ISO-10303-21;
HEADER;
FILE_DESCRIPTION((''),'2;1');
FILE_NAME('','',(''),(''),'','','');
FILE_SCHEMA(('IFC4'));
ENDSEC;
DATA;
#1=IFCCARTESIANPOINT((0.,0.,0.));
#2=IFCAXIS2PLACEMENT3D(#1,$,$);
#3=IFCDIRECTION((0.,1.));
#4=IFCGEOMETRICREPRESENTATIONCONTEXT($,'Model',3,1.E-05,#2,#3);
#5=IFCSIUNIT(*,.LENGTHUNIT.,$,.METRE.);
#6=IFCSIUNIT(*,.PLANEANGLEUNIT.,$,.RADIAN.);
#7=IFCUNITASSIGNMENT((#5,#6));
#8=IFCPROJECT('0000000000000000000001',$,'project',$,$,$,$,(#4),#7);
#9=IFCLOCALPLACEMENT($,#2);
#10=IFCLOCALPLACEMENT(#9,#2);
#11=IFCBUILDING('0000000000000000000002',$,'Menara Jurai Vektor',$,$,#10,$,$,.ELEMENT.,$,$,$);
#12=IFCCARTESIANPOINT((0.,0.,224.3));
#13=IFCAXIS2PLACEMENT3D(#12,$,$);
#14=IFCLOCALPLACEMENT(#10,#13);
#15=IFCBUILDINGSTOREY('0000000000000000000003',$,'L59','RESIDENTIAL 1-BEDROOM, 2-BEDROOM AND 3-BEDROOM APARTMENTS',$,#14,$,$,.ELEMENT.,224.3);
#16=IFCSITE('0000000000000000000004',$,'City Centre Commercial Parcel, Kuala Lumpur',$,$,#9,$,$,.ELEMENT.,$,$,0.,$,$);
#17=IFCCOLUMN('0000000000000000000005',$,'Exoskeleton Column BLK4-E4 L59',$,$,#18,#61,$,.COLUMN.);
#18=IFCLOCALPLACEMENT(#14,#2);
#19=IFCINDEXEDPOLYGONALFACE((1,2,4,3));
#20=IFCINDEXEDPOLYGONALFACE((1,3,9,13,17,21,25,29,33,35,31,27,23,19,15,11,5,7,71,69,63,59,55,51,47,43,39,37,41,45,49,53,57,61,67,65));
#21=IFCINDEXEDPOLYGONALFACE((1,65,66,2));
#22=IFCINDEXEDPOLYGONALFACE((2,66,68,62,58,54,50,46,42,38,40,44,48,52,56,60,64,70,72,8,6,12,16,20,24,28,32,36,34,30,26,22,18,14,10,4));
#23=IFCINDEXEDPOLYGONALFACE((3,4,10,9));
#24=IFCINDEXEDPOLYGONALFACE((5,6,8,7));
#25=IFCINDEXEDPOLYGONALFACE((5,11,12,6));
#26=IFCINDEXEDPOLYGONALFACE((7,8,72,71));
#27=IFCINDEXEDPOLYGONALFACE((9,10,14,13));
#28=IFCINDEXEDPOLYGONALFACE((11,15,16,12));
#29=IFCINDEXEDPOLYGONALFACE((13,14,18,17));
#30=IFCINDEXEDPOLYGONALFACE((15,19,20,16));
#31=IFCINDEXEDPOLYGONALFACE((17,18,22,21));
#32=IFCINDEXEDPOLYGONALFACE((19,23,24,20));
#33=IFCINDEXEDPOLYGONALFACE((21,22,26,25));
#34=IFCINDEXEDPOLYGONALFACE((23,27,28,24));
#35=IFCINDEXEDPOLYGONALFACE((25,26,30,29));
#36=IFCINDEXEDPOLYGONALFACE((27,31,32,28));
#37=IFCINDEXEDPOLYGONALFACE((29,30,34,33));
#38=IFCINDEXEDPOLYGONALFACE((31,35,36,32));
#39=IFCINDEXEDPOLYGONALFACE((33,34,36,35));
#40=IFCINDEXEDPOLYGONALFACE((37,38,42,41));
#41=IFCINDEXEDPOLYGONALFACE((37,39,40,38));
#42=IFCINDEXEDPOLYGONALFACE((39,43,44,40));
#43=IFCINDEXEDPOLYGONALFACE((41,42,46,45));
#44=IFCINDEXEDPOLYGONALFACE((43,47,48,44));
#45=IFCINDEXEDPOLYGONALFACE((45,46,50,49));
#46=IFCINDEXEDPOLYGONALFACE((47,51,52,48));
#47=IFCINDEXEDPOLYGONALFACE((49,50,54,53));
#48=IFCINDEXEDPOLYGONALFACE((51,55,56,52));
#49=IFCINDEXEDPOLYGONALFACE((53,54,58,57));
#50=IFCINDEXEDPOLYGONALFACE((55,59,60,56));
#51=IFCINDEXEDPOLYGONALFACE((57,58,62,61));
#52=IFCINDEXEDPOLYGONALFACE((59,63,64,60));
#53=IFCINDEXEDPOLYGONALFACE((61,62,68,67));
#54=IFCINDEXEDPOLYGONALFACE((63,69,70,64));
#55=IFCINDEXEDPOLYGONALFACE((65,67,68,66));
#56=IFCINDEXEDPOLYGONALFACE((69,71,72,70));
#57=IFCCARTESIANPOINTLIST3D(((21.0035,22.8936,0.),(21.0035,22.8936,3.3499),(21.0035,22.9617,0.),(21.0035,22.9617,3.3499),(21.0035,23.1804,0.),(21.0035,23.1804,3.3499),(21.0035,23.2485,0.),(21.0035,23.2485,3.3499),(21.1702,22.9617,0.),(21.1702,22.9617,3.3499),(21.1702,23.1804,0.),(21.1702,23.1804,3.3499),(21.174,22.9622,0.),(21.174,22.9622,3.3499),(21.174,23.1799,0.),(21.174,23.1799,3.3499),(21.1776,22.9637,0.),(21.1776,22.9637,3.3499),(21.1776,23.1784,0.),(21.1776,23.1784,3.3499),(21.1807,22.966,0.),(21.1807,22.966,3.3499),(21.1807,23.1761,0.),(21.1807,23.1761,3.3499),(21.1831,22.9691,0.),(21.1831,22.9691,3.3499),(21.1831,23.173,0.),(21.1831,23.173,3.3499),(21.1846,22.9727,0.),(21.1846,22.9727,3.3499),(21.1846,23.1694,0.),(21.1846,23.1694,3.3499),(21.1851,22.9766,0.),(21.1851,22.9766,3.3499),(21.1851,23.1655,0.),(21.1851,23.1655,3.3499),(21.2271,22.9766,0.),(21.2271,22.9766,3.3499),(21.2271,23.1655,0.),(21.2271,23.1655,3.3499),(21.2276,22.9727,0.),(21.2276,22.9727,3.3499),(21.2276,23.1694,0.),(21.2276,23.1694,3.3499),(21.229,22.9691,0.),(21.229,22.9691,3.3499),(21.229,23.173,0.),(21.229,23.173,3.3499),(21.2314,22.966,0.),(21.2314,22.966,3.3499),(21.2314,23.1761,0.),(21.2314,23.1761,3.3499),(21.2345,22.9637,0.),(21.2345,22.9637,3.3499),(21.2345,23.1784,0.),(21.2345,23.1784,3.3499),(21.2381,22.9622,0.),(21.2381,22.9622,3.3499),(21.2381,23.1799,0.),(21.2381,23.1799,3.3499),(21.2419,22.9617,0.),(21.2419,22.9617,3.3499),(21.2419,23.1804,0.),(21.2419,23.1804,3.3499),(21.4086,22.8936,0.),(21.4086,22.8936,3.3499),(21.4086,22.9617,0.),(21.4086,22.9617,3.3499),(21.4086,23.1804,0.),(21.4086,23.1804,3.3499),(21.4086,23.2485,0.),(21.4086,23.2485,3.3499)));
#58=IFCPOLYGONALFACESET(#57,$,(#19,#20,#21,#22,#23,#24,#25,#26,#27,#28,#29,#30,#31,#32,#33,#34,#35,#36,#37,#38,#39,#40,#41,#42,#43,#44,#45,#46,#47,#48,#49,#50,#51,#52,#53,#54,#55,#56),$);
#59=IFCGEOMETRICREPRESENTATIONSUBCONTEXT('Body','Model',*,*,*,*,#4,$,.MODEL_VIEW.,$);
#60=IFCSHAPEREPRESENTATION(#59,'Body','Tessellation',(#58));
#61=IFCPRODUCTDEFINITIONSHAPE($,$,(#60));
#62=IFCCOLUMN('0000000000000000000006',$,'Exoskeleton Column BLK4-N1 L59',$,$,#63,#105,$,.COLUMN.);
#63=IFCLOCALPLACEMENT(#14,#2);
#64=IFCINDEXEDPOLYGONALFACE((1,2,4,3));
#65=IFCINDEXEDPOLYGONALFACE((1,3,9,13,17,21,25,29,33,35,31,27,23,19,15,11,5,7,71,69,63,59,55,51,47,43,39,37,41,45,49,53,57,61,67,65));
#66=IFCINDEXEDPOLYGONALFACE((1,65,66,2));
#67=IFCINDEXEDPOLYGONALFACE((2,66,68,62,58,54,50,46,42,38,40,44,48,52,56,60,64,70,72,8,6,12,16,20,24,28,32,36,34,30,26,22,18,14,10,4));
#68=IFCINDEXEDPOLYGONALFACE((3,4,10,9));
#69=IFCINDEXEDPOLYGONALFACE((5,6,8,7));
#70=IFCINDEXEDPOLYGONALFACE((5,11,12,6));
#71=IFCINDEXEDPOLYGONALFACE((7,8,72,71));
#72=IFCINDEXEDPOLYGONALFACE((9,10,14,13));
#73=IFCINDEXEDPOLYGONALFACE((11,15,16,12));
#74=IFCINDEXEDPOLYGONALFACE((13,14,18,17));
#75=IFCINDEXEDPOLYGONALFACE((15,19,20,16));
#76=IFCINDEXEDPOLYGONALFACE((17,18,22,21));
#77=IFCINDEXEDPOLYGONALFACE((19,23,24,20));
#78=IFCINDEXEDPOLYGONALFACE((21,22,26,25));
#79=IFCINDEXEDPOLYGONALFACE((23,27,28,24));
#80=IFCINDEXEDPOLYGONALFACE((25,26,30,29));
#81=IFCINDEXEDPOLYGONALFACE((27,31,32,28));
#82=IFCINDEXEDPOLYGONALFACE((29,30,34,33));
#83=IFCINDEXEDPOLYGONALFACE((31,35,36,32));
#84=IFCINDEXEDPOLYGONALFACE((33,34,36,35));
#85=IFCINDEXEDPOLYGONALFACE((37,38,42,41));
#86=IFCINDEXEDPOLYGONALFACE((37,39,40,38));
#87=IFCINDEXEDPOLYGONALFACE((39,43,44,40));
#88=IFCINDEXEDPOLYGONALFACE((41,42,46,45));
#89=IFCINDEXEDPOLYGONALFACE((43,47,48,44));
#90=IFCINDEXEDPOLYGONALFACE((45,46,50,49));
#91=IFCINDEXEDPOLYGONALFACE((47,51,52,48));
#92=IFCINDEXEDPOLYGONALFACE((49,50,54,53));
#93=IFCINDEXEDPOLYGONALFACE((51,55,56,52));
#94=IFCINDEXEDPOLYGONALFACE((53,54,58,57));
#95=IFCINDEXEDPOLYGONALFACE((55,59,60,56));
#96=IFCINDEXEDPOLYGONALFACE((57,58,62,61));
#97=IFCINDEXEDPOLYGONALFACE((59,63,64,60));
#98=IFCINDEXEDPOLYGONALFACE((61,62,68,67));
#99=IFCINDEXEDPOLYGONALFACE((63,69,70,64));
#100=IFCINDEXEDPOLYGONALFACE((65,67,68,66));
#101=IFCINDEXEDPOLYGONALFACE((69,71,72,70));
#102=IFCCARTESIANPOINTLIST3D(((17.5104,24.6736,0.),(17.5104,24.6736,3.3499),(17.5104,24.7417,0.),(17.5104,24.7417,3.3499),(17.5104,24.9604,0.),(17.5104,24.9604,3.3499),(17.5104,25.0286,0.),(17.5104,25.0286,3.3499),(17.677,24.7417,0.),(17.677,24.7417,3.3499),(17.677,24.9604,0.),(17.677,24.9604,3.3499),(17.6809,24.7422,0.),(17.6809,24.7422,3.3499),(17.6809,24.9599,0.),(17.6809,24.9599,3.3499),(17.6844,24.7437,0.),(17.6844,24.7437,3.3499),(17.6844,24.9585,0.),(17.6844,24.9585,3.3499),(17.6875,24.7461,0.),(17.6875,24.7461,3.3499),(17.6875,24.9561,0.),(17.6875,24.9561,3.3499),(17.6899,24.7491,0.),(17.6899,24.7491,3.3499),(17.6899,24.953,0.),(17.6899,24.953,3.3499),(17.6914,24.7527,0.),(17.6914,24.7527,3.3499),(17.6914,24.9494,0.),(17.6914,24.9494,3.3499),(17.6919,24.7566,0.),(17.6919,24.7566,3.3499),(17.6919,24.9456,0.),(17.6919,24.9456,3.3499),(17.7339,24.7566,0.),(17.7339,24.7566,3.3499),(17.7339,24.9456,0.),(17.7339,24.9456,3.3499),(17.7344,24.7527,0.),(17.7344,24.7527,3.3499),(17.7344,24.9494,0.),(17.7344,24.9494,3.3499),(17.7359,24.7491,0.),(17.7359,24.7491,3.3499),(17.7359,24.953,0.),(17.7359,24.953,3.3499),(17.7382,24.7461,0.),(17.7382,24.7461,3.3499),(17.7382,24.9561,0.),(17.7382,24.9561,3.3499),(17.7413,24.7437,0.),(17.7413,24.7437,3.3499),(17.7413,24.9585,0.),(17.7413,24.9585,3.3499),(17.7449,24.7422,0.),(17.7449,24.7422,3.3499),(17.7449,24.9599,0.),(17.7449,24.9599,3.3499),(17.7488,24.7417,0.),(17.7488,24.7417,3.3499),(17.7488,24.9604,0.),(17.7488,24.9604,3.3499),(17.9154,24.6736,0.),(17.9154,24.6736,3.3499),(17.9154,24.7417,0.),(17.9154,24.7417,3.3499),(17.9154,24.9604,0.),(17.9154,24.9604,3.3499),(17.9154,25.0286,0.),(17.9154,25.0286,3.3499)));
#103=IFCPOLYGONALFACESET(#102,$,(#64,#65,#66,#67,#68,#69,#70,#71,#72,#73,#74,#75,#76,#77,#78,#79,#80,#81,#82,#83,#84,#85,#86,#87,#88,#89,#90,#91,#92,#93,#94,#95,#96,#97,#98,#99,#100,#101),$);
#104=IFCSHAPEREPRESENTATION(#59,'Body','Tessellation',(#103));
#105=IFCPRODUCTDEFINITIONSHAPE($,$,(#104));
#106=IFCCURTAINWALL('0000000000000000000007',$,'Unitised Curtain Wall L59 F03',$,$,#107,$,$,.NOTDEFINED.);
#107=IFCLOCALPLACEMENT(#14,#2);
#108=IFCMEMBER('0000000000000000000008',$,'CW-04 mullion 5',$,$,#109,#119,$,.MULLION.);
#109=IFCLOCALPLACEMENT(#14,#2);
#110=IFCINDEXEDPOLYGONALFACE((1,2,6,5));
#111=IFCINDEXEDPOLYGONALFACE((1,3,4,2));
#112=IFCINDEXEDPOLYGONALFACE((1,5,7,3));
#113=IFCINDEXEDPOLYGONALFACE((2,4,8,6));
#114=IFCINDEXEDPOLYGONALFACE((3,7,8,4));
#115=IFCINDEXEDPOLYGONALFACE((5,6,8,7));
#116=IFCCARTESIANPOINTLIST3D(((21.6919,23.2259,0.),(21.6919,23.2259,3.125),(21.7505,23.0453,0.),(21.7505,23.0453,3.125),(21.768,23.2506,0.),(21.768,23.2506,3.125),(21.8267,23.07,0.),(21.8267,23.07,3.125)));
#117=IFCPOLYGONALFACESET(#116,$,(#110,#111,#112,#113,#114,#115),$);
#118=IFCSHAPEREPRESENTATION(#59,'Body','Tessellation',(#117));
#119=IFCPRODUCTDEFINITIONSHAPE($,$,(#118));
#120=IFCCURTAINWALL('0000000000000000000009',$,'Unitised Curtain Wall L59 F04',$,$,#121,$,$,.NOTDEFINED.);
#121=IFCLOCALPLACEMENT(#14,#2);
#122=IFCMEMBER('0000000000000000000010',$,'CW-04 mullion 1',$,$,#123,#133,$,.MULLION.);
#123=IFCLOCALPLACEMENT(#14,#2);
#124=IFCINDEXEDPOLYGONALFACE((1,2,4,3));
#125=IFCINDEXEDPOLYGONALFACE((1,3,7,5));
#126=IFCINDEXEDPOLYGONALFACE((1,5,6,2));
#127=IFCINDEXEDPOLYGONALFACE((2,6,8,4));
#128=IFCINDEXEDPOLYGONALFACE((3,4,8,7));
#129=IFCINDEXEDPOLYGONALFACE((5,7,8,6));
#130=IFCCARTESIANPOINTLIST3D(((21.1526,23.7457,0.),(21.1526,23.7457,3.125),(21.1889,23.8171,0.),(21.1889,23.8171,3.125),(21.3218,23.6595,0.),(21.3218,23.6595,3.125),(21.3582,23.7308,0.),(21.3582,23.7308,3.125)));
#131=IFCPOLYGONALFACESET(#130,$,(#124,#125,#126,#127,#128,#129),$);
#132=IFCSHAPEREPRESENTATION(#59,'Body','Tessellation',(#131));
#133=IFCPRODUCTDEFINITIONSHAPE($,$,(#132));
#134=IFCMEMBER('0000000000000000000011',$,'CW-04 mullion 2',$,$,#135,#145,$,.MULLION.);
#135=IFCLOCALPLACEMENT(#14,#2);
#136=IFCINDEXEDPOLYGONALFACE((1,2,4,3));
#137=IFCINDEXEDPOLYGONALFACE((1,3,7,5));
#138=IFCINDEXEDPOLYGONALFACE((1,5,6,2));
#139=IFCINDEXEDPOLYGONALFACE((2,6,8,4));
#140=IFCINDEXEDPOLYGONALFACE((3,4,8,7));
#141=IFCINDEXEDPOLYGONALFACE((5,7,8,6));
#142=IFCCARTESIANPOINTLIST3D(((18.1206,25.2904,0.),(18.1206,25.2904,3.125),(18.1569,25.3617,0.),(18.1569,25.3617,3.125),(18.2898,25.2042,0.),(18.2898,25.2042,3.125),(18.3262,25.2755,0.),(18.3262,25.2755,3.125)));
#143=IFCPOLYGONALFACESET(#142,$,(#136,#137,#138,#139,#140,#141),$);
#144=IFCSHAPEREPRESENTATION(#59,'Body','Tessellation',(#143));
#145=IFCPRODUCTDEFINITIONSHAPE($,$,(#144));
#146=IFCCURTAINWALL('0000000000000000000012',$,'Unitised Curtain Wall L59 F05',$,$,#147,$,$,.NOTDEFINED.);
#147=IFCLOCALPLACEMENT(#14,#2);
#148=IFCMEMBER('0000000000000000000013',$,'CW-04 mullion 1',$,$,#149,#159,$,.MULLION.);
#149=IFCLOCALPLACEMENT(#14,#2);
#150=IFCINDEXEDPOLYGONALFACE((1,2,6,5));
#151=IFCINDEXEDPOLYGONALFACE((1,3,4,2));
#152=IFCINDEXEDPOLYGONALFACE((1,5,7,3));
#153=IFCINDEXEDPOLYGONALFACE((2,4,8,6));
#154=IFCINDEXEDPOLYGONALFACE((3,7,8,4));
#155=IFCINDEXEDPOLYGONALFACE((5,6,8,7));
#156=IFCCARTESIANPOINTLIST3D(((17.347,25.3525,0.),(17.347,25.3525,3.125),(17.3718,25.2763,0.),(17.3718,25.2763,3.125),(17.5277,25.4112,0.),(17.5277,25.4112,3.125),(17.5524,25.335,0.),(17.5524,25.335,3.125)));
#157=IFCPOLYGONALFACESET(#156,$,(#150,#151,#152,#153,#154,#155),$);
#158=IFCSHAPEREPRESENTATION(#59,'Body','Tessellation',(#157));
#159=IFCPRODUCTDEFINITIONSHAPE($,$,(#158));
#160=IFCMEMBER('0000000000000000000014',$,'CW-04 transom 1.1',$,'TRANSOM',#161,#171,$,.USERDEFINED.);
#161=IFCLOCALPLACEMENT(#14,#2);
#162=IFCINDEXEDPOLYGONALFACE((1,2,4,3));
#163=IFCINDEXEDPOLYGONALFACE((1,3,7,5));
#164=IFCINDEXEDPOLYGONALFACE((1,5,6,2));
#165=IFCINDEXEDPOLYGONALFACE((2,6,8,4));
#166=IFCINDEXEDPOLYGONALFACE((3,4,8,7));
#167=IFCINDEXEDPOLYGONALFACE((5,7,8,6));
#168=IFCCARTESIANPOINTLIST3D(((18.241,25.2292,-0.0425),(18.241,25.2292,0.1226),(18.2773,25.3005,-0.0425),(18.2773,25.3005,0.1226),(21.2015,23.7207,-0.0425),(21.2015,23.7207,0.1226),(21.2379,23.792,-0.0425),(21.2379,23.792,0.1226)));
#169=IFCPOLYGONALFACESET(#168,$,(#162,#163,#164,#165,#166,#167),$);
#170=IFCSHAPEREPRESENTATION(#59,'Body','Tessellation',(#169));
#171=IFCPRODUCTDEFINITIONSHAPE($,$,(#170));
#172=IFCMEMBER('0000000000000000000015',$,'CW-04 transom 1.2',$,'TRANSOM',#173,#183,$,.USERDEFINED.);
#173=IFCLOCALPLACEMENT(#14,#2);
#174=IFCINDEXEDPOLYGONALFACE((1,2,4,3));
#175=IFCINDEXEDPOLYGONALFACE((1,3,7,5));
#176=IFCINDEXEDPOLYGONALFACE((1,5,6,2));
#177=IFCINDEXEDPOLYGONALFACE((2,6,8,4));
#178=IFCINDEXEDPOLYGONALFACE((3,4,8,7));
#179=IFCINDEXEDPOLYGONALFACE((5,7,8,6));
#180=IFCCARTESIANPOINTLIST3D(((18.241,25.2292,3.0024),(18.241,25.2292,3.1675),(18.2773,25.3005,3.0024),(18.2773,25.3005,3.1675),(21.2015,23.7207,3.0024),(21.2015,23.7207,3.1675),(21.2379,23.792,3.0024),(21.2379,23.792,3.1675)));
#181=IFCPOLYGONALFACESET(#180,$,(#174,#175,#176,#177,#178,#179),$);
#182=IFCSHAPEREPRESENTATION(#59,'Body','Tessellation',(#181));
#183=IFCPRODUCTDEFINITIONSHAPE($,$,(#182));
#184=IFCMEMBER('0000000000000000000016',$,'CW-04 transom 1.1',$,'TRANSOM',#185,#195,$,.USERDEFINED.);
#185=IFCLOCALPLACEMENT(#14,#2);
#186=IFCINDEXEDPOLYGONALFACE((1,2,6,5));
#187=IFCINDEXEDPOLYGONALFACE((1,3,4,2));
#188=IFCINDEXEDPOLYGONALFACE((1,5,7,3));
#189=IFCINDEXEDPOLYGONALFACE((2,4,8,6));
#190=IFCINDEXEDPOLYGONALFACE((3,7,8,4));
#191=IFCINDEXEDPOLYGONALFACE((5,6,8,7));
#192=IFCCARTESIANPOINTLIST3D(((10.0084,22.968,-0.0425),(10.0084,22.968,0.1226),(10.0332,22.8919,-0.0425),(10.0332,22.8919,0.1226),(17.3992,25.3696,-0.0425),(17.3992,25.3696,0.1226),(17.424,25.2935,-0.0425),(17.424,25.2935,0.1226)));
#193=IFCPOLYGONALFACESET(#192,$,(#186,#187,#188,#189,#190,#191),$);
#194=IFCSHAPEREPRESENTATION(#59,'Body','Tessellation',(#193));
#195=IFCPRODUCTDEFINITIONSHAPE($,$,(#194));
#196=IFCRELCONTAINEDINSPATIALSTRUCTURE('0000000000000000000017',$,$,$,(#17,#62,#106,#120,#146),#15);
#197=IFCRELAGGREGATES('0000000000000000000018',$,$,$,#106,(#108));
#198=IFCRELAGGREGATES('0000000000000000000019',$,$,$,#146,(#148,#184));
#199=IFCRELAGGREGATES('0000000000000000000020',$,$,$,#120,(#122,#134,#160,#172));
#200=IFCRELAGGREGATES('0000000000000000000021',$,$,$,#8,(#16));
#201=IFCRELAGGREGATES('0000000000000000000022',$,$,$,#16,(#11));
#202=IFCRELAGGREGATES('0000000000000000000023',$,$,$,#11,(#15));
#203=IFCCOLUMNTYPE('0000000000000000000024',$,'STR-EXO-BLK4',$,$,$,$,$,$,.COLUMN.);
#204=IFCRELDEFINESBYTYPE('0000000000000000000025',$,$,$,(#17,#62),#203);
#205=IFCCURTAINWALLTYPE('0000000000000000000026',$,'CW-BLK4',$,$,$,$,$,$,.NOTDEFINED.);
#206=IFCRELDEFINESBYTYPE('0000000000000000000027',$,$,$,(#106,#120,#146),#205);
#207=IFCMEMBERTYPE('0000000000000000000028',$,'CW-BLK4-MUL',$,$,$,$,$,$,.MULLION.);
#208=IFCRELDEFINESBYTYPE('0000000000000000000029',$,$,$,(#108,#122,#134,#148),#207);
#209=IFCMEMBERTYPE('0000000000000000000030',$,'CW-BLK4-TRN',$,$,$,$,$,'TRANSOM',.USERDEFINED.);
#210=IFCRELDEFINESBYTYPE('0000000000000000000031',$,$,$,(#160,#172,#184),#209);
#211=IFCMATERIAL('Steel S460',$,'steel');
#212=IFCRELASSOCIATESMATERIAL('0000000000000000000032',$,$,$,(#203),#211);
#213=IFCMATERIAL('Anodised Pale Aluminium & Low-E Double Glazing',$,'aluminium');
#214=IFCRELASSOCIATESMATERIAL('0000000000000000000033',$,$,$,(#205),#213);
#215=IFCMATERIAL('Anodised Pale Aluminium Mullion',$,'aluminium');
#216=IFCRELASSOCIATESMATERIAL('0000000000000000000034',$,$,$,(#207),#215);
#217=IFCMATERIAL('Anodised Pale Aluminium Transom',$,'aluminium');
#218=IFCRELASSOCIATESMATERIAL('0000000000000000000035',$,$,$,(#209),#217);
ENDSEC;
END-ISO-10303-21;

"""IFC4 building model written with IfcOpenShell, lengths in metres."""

from ifc_helpers import new_model, si_unit, direction, frame, origin, origin_2d, place, context, subcontext, project, spatial, rectangle, i_section, extrude, material, material_profile, profile_set, type_object, element, aggregate, save


model = new_model("IFC4")

# Units and contexts
model_context = context("Model", 3, precision=1e-05, world=origin(), true_north=direction((0.0, 1.0)))
body_context = subcontext(model_context, "Body", "Model", "MODEL_VIEW")
ifc_project = project(units=[si_unit("LENGTHUNIT", "METRE"), si_unit("PLANEANGLEUNIT", "RADIAN")], contexts=[model_context])

# Site, building, storey
site_placement = place(None, origin())
site = spatial("IfcSite", under=ifc_project, at=site_placement, Name="City Centre Commercial Parcel, Kuala Lumpur", CompositionType="ELEMENT", RefElevation=0.0)
building_placement = place(site_placement, origin())
building = spatial("IfcBuilding", under=site, at=building_placement, Name="Menara Jurai Vektor", CompositionType="ELEMENT")
storey_placement = place(building_placement, frame((0.0, 0.0, 224.3)))
storey = spatial("IfcBuildingStorey", under=building, at=storey_placement, Name="L59", Description="RESIDENTIAL 1-BEDROOM, 2-BEDROOM AND 3-BEDROOM APARTMENTS", CompositionType="ELEMENT", Elevation=224.3)

# Columns
ifc_material_1 = material(Name="Steel S460", Category="steel")
ifc_material_profile_1 = material_profile(ifc_material_1, i_section(OverallWidth=0.405, OverallDepth=0.355, WebThickness=0.042, FlangeThickness=0.0681, FilletRadius=0.0149, at=origin_2d()), Name="HD 400x551")
ifc_profile_set_1 = profile_set([ifc_material_profile_1], Name="Steel S460")
column_type = type_object("IfcColumnType", Name="STR-EXO-BLK4", PredefinedType="COLUMN", material=ifc_profile_set_1)
for number, where, z_axis, x_axis, name in (
    (1, (21.2061, 23.071, 0.0), (0.0, 0.0, 1.0), (1.0, 0.0, 0.0), "Exoskeleton Column BLK4-E4 L59"),
    (2, (17.7129, 24.8511, 0.0), (0.0, 0.0, 1.0), (1.0, 0.0, 0.0), "Exoskeleton Column BLK4-N1 L59"),
):
    element("IfcColumn", number, at=place(storey_placement, frame(where, z_axis=z_axis, x_axis=x_axis)), inside=storey, type_object=column_type, Name=name, PredefinedType="COLUMN", context=body_context, shape_type="SweptSolid", body=[
        extrude(i_section(OverallWidth=0.405, OverallDepth=0.355, WebThickness=0.042, FlangeThickness=0.0681, FilletRadius=0.0149, at=origin_2d()), origin(), (0.0, 0.0, 1.0), 3.3499),
    ])

# Curtain wall, member
ifc_material_2 = material(Name="Anodised Pale Aluminium & Low-E Double Glazing", Category="aluminium")
curtain_wall_type = type_object("IfcCurtainWallType", Name="CW-BLK4", PredefinedType="NOTDEFINED", material=ifc_material_2)
curtain_wall_1_placement = place(storey_placement, origin())
curtain_wall_1 = element("IfcCurtainWall", 3, at=curtain_wall_1_placement, inside=storey, type_object=curtain_wall_type, Name="Unitised Curtain Wall L59 F03", PredefinedType="NOTDEFINED")
ifc_material_3 = material(Name="Anodised Pale Aluminium Mullion", Category="aluminium")
ifc_material_profile_2 = material_profile(ifc_material_3, rectangle(XDim=0.0801, YDim=0.1899, at=origin_2d()), Name="ALU MUL 80x190")
ifc_profile_set_2 = profile_set([ifc_material_profile_2], Name="Anodised Pale Aluminium Mullion")
member_type_1 = type_object("IfcMemberType", Name="CW-BLK4-MUL", PredefinedType="MULLION", material=ifc_profile_set_2)
member_1_placement = place(storey_placement, frame((21.7593, 23.1479, 0.0), z_axis=(0.0, 0.0, 1.0), x_axis=(-0.951057, -0.309016, 0.0)))
member_1 = element("IfcMember", 4, at=member_1_placement, type_object=member_type_1, Name="CW-04 mullion 5", PredefinedType="MULLION", context=body_context, shape_type="SweptSolid", body=[
    extrude(rectangle(XDim=0.0801, YDim=0.1899, at=origin_2d()), origin(), (0.0, 0.0, 1.0), 3.125),
])

# Curtain wall, members
curtain_wall_2_placement = place(storey_placement, origin())
curtain_wall_2 = element("IfcCurtainWall", 5, at=curtain_wall_2_placement, inside=storey, type_object=curtain_wall_type, Name="Unitised Curtain Wall L59 F04", PredefinedType="NOTDEFINED")
member_2_placement = place(storey_placement, frame((21.2554, 23.7383, 0.0), z_axis=(0.0, 0.0, 1.0), x_axis=(-0.453989, -0.891008, 0.0)))
member_2 = element("IfcMember", 6, at=member_2_placement, type_object=member_type_1, Name="CW-04 mullion 1", PredefinedType="MULLION", context=body_context, shape_type="SweptSolid", body=[
    extrude(rectangle(XDim=0.0801, YDim=0.1899, at=origin_2d()), origin(), (0.0, 0.0, 1.0), 3.125),
])
member_3_placement = place(storey_placement, frame((18.2234, 25.283, 0.0), z_axis=(0.0, 0.0, 1.0), x_axis=(-0.453989, -0.891008, 0.0)))
member_3 = element("IfcMember", 7, at=member_3_placement, type_object=member_type_1, Name="CW-04 mullion 2", PredefinedType="MULLION", context=body_context, shape_type="SweptSolid", body=[
    extrude(rectangle(XDim=0.0801, YDim=0.1899, at=origin_2d()), origin(), (0.0, 0.0, 1.0), 3.125),
])

# Curtain wall, member
curtain_wall_3_placement = place(storey_placement, origin())
curtain_wall_3 = element("IfcCurtainWall", 8, at=curtain_wall_3_placement, inside=storey, type_object=curtain_wall_type, Name="Unitised Curtain Wall L59 F05", PredefinedType="NOTDEFINED")
member_4_placement = place(storey_placement, frame((17.4497, 25.3438, 0.0), z_axis=(0.0, 0.0, 1.0), x_axis=(0.309017, -0.951056, 0.0)))
member_4 = element("IfcMember", 9, at=member_4_placement, type_object=member_type_1, Name="CW-04 mullion 1", PredefinedType="MULLION", context=body_context, shape_type="SweptSolid", body=[
    extrude(rectangle(XDim=0.0801, YDim=0.1899, at=origin_2d()), origin(), (0.0, 0.0, 1.0), 3.125),
])

# Members
ifc_material_4 = material(Name="Anodised Pale Aluminium Transom", Category="aluminium")
ifc_material_profile_3 = material_profile(ifc_material_4, rectangle(XDim=0.0801, YDim=0.165, at=origin_2d()), Name="ALU TRN 80x165")
ifc_profile_set_3 = profile_set([ifc_material_profile_3], Name="Anodised Pale Aluminium Transom")
member_type_2 = type_object("IfcMemberType", Name="CW-BLK4-TRN", ElementType="TRANSOM", PredefinedType="USERDEFINED", material=ifc_profile_set_3)
member_5_placement = place(storey_placement, frame((21.2197, 23.7563, 0.04), z_axis=(-0.891007, 0.45399, 0.0), x_axis=(-0.45399, -0.891007, 0.0)))
member_5 = element("IfcMember", 10, at=member_5_placement, type_object=member_type_2, Name="CW-04 transom 1.1", ObjectType="TRANSOM", PredefinedType="USERDEFINED", context=body_context, shape_type="SweptSolid", body=[
    extrude(rectangle(XDim=0.0801, YDim=0.165, at=origin_2d()), origin(), (0.0, 0.0, 1.0), 3.3228),
])
member_6_placement = place(storey_placement, frame((21.2197, 23.7563, 3.085), z_axis=(-0.891007, 0.45399, 0.0), x_axis=(-0.45399, -0.891007, 0.0)))
member_6 = element("IfcMember", 11, at=member_6_placement, type_object=member_type_2, Name="CW-04 transom 1.2", ObjectType="TRANSOM", PredefinedType="USERDEFINED", context=body_context, shape_type="SweptSolid", body=[
    extrude(rectangle(XDim=0.0801, YDim=0.165, at=origin_2d()), origin(), (0.0, 0.0, 1.0), 3.3228),
])
member_7_placement = place(storey_placement, frame((17.4116, 25.3315, 0.04), z_axis=(-0.95105, -0.309037, 0.0), x_axis=(0.309037, -0.95105, 0.0)))
member_7 = element("IfcMember", 12, at=member_7_placement, type_object=member_type_2, Name="CW-04 transom 1.1", ObjectType="TRANSOM", PredefinedType="USERDEFINED", context=body_context, shape_type="SweptSolid", body=[
    extrude(rectangle(XDim=0.0801, YDim=0.165, at=origin_2d()), origin(), (0.0, 0.0, 1.0), 7.7712),
])

aggregate(curtain_wall_1, [member_1])
aggregate(curtain_wall_3, [member_4, member_7])
aggregate(curtain_wall_2, [member_2, member_3, member_5, member_6])

save(model, "model.ifc")
